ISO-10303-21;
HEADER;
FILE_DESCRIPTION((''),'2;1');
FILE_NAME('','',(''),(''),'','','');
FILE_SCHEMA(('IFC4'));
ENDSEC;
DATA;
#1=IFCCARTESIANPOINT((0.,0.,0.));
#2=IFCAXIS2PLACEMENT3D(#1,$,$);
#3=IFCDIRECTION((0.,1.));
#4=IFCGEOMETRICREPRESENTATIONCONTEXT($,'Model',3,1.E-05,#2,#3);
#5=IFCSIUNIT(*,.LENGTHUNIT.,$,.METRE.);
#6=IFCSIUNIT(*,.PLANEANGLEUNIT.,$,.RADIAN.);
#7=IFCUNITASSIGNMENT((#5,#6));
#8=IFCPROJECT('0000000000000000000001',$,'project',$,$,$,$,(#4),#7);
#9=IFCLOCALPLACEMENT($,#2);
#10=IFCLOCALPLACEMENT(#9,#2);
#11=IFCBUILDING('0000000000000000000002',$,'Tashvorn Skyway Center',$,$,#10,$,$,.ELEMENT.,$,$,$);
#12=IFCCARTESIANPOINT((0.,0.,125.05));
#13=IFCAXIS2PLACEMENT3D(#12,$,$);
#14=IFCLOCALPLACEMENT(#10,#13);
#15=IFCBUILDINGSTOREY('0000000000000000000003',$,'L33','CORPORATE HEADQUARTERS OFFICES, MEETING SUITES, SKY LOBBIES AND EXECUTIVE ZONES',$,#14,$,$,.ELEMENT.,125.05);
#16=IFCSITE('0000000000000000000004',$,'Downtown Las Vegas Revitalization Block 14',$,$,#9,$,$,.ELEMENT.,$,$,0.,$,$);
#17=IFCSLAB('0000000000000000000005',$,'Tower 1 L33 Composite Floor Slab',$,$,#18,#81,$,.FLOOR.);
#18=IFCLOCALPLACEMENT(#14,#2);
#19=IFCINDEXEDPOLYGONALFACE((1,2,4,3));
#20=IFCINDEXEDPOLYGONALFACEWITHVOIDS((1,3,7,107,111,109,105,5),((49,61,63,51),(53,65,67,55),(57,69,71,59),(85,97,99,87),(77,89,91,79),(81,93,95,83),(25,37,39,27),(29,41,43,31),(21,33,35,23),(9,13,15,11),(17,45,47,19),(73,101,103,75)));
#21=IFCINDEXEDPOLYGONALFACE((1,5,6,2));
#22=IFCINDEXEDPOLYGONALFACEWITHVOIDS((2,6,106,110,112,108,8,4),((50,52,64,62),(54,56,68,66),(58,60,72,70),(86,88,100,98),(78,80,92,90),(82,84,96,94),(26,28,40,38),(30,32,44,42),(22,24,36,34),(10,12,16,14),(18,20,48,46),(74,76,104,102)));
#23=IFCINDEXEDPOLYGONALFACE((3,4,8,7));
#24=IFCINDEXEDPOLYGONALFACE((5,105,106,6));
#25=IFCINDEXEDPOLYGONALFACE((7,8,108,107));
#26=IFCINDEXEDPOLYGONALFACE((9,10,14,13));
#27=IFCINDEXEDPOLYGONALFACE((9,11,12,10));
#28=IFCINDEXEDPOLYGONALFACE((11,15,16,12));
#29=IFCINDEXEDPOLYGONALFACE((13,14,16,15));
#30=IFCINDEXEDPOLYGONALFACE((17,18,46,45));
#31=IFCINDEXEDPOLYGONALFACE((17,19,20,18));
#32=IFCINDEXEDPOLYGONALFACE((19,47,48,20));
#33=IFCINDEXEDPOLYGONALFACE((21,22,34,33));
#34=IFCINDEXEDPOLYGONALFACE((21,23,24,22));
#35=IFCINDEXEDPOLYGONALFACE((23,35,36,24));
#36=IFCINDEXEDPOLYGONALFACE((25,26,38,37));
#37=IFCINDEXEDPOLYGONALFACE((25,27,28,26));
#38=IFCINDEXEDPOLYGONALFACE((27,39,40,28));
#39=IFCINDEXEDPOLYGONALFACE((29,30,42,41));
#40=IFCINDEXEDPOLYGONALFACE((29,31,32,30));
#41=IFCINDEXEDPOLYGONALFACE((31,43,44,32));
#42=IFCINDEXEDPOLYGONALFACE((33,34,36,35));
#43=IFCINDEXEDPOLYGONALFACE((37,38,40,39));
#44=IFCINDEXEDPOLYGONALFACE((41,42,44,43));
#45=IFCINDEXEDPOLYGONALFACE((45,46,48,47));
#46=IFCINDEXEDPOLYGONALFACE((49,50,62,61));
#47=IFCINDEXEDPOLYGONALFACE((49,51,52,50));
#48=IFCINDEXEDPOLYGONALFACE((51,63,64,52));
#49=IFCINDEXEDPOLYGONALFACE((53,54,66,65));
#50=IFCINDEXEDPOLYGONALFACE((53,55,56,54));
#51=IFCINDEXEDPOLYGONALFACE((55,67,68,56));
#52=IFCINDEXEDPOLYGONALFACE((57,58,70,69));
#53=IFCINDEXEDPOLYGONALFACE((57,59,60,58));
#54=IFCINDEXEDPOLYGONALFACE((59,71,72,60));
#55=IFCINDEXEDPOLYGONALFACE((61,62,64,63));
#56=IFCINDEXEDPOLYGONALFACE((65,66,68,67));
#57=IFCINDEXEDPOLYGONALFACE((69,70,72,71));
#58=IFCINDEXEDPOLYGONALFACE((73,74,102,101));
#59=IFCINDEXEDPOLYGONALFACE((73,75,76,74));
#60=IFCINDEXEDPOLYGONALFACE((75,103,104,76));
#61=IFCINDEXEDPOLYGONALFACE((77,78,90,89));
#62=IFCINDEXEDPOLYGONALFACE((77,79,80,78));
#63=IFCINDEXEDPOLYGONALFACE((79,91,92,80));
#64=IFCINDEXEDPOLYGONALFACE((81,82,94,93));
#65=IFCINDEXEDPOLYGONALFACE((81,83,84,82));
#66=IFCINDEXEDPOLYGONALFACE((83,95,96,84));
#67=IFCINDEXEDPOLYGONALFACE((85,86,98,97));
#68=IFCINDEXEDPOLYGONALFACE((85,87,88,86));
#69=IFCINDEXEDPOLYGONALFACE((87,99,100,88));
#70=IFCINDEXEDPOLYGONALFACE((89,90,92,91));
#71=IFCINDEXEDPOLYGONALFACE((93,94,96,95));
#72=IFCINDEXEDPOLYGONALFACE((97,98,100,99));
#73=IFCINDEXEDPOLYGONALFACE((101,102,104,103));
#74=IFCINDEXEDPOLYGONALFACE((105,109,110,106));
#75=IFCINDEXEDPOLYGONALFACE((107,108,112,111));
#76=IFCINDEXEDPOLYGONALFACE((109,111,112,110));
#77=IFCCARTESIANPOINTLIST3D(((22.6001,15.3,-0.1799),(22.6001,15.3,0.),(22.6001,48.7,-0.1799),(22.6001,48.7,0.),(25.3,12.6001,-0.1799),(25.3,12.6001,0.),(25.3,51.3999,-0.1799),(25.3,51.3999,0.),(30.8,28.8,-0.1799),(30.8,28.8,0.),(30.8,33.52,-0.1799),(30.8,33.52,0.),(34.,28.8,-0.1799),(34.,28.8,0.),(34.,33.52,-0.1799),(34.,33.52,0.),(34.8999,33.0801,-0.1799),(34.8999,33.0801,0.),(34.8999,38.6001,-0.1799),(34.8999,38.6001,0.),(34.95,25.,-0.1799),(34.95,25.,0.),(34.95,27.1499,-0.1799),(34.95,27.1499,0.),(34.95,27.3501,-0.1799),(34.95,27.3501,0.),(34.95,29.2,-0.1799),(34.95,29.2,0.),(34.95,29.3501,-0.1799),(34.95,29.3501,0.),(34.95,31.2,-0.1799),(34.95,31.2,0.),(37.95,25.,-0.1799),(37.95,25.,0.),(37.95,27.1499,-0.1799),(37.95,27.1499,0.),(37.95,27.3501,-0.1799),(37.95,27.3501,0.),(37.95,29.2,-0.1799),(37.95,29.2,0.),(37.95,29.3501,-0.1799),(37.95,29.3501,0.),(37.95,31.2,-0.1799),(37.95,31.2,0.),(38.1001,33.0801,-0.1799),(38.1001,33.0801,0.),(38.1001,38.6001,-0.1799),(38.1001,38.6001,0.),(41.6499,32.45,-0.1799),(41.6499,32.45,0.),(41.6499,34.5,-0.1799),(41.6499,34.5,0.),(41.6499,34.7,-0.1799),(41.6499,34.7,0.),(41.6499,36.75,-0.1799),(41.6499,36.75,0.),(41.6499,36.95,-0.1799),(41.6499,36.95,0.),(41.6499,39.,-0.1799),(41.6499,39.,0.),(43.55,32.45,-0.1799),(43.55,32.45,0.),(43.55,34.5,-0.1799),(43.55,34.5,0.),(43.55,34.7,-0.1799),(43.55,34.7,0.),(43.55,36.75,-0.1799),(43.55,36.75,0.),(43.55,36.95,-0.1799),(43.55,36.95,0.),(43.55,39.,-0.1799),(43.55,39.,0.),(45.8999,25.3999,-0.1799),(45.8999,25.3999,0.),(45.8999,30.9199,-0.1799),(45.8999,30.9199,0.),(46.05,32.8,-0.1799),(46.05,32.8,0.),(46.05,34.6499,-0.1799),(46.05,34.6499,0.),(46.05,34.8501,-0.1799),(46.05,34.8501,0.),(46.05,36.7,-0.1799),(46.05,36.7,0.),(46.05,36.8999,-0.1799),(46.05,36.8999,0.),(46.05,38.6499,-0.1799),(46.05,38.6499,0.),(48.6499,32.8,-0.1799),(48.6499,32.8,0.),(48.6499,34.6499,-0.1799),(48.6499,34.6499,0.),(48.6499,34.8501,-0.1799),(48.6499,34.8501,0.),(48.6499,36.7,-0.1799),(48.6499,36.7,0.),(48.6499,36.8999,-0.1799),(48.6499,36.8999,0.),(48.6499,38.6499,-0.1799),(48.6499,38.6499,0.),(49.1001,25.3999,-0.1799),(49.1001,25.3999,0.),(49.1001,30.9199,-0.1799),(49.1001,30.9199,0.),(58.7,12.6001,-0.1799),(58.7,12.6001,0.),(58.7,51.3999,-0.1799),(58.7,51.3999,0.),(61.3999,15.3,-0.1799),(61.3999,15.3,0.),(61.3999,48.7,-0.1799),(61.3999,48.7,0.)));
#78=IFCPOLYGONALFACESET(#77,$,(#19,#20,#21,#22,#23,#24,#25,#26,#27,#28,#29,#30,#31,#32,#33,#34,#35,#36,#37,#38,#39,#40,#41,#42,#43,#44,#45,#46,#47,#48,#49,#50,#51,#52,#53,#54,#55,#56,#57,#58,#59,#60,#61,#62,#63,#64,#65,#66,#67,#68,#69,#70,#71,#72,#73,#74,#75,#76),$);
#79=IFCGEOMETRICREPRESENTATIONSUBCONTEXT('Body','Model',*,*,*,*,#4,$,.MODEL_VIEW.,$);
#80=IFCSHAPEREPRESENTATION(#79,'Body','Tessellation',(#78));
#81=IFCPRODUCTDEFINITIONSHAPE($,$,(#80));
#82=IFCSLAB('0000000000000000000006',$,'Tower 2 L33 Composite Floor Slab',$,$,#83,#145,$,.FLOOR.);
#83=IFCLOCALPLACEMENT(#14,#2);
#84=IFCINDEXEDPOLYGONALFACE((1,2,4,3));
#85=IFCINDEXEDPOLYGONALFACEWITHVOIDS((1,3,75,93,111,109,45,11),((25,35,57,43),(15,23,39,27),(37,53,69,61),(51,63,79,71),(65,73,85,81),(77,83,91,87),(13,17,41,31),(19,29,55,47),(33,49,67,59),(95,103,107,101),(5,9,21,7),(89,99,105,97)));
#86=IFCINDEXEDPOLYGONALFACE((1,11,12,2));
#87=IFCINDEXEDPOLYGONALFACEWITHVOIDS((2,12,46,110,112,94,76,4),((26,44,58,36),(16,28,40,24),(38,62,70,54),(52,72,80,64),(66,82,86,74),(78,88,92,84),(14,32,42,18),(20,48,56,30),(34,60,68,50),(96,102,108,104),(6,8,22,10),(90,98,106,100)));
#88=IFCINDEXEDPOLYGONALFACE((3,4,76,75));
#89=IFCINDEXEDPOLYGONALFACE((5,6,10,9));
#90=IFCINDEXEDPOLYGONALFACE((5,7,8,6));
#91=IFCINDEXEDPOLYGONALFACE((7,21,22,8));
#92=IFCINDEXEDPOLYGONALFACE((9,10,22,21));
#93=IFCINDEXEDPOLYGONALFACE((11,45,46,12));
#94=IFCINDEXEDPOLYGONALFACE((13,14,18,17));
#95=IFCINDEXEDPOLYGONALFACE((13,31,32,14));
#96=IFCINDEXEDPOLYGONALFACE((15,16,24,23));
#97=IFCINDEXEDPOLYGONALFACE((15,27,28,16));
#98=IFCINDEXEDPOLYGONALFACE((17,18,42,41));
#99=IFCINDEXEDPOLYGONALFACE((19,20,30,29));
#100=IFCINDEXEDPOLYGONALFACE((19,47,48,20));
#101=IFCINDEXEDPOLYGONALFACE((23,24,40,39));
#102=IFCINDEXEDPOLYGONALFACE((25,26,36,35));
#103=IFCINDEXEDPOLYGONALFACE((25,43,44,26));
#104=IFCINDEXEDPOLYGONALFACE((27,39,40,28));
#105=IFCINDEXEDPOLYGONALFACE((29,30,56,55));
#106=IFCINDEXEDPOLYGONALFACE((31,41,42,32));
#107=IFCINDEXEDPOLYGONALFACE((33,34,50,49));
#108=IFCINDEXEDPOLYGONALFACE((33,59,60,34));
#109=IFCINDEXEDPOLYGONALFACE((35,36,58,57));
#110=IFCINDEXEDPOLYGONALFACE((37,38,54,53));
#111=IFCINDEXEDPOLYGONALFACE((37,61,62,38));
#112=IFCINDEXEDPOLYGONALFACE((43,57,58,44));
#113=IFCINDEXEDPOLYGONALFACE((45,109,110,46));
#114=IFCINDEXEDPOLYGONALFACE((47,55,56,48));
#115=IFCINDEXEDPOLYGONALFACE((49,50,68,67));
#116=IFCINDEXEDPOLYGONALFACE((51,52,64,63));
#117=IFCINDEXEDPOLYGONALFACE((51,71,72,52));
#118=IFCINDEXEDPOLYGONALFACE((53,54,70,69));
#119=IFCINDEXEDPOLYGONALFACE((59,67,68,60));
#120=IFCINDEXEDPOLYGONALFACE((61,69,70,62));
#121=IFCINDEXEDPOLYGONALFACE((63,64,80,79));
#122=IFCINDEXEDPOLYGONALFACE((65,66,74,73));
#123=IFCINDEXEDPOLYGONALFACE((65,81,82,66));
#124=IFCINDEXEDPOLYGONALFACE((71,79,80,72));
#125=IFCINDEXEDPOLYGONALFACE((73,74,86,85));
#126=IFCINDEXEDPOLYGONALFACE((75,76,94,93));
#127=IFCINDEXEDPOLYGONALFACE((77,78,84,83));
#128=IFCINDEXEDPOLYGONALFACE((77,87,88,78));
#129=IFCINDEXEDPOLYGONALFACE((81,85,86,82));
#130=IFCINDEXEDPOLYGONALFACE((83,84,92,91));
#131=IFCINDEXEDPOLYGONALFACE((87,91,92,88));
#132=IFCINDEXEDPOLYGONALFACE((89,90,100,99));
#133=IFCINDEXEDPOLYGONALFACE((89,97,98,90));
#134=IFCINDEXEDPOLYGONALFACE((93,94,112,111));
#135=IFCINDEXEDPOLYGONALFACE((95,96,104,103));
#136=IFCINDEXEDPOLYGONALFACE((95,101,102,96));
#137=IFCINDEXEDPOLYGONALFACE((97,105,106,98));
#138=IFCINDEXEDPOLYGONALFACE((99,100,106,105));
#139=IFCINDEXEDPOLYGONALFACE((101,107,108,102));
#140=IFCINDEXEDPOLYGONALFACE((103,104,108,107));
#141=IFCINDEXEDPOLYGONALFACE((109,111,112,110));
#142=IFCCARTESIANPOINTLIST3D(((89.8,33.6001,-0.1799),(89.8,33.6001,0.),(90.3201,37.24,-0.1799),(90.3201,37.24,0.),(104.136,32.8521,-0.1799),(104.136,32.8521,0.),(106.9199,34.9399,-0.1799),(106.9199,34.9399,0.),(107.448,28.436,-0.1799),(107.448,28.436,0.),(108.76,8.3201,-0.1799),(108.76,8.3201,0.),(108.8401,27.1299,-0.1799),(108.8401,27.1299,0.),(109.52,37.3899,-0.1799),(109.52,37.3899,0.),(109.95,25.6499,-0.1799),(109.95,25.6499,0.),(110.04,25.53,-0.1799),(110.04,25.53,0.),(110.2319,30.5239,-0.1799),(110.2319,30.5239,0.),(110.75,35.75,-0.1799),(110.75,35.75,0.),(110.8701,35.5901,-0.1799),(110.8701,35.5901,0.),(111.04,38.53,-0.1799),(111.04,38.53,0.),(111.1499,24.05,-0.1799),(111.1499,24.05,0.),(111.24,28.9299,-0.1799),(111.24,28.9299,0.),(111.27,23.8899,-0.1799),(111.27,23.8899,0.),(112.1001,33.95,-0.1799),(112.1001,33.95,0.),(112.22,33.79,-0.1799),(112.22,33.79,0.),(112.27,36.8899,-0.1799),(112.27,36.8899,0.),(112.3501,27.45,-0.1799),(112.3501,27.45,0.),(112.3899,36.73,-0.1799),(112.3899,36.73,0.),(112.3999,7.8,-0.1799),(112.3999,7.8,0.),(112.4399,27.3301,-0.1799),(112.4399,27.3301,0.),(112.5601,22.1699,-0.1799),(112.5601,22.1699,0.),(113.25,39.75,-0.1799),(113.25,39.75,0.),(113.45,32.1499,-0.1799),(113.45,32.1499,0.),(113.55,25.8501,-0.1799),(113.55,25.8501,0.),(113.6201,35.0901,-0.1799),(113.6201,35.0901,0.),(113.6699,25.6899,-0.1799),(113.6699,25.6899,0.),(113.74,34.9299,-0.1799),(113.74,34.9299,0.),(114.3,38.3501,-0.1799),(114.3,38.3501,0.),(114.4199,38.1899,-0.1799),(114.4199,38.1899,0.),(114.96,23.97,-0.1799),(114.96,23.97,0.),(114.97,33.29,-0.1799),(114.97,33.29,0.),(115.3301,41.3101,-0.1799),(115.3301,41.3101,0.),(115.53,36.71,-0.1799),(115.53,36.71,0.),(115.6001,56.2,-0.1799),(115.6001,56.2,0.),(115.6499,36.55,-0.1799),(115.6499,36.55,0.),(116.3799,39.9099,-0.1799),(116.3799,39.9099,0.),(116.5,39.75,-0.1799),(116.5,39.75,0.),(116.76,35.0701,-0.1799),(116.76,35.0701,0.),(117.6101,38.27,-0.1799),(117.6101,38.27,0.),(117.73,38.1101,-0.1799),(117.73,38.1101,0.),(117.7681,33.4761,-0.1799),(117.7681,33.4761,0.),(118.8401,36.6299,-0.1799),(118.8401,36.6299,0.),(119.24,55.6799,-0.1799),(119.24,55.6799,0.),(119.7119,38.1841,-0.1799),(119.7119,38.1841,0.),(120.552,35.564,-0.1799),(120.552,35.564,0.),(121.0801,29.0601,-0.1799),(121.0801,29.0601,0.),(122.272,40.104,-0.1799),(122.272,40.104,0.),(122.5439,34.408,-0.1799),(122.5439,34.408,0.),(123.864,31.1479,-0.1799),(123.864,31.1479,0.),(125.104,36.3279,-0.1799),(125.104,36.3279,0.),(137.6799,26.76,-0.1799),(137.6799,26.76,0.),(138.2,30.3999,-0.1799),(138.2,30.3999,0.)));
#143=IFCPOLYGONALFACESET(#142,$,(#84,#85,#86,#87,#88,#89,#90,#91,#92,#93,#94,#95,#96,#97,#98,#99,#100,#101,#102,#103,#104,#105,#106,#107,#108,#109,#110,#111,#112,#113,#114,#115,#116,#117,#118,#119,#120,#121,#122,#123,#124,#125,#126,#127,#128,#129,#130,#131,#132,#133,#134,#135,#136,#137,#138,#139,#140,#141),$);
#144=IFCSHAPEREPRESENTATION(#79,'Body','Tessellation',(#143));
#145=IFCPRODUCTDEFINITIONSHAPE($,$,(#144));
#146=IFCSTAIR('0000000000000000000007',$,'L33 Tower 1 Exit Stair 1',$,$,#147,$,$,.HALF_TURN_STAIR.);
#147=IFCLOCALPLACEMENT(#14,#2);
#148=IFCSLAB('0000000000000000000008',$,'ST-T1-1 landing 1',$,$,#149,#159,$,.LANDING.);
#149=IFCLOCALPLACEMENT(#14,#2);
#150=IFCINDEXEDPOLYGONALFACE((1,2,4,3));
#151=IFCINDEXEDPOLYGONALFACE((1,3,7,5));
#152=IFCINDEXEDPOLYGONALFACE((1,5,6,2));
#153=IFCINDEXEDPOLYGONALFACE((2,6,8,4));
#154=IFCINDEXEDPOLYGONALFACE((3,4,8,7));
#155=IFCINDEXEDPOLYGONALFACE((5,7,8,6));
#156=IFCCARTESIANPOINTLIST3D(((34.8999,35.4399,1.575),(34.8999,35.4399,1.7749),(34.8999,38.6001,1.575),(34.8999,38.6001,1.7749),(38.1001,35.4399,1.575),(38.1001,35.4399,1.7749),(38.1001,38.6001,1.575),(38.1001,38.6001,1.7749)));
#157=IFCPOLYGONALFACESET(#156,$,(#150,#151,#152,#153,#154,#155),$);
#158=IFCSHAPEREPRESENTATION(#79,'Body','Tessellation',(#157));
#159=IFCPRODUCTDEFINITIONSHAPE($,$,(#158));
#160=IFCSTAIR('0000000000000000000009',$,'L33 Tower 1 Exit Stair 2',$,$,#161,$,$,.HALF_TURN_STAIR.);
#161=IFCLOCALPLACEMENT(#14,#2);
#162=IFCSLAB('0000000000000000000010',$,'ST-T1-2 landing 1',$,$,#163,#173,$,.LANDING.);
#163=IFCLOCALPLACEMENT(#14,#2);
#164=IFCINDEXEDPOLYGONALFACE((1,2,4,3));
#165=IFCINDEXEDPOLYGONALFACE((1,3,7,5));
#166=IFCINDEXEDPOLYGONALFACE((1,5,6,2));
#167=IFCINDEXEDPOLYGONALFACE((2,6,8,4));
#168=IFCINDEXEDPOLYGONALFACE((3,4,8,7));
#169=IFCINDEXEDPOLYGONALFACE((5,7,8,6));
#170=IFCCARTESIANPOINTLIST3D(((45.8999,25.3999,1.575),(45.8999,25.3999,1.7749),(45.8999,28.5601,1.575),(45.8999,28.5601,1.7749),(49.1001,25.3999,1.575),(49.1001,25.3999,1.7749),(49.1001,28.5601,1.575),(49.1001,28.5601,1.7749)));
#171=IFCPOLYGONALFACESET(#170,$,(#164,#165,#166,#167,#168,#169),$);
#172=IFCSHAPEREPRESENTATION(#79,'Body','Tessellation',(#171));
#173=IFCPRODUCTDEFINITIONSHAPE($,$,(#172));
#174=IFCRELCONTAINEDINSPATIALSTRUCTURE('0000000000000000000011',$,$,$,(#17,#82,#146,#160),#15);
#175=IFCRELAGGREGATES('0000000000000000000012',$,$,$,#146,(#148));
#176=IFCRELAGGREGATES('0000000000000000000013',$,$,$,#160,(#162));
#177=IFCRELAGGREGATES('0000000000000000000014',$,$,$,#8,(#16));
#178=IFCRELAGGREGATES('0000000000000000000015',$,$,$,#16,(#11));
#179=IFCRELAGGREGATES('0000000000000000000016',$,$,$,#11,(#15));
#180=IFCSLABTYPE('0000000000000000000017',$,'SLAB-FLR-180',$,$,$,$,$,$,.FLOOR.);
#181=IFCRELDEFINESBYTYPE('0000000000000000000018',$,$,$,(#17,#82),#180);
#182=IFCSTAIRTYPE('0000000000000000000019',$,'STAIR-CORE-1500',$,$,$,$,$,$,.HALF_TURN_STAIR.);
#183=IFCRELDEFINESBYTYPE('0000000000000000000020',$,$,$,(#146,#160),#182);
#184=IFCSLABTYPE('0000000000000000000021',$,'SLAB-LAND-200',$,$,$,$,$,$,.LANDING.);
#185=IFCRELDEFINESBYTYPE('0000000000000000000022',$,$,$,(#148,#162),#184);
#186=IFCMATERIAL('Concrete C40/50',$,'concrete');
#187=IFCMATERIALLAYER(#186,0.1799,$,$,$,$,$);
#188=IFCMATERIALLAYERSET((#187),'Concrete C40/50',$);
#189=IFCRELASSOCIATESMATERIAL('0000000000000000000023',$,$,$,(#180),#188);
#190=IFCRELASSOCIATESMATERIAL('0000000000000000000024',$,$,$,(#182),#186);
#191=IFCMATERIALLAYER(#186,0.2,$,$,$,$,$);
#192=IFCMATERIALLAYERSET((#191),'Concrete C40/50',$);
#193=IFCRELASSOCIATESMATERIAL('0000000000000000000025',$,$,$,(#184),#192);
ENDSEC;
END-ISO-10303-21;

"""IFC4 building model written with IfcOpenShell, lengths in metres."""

from ifc_helpers import new_model, si_unit, direction, frame, origin, place, context, subcontext, project, spatial, polyline, outline, extrude, material, layer, layer_set, type_object, element, aggregate, save


model = new_model("IFC4")

# Units and contexts
model_context = context("Model", 3, precision=1e-05, world=origin(), true_north=direction((0.0, 1.0)))
body_context = subcontext(model_context, "Body", "Model", "MODEL_VIEW")
ifc_project = project(units=[si_unit("LENGTHUNIT", "METRE"), si_unit("PLANEANGLEUNIT", "RADIAN")], contexts=[model_context])

# Site, building, storey
site_placement = place(None, origin())
site = spatial("IfcSite", under=ifc_project, at=site_placement, Name="Downtown Las Vegas Revitalization Block 14", CompositionType="ELEMENT", RefElevation=0.0)
building_placement = place(site_placement, origin())
building = spatial("IfcBuilding", under=site, at=building_placement, Name="Tashvorn Skyway Center", CompositionType="ELEMENT")
storey_placement = place(building_placement, frame((0.0, 0.0, 125.05)))
storey = spatial("IfcBuildingStorey", under=building, at=storey_placement, Name="L33", Description="CORPORATE HEADQUARTERS OFFICES, MEETING SUITES, SKY LOBBIES AND EXECUTIVE ZONES", CompositionType="ELEMENT", Elevation=125.05)

# Slabs
ifc_material_1 = material(Name="Concrete C40/50", Category="concrete")
ifc_layer_1 = layer(ifc_material_1, 0.1799)
ifc_layer_set_1 = layer_set([ifc_layer_1], Name="Concrete C40/50")
slab_type_1 = type_object("IfcSlabType", Name="SLAB-FLR-180", PredefinedType="FLOOR", material=ifc_layer_set_1)
slab_1_placement = place(storey_placement, frame((0.0, 0.0, -0.1799)))
element("IfcSlab", 1, at=slab_1_placement, inside=storey, type_object=slab_type_1, Name="Tower 1 L33 Composite Floor Slab", PredefinedType="FLOOR", context=body_context, shape_type="SweptSolid", body=[
    extrude(outline(polyline([(25.3, 12.6001), (58.7, 12.6001), (61.3999, 15.3), (61.3999, 48.7), (58.7, 51.3999), (25.3, 51.3999), (22.6001, 48.7), (22.6001, 15.3), (25.3, 12.6001)]), holes=[polyline([(38.1001, 33.0801), (38.1001, 38.6001), (34.8999, 38.6001), (34.8999, 33.0801), (38.1001, 33.0801)]), polyline([(45.8999, 30.9199), (45.8999, 25.3999), (49.1001, 25.3999), (49.1001, 30.9199), (45.8999, 30.9199)]), polyline([(30.8, 33.52), (30.8, 28.8), (34.0, 28.8), (34.0, 33.52), (30.8, 33.52)]), polyline([(34.95, 29.3501), (37.95, 29.3501), (37.95, 31.2), (34.95, 31.2), (34.95, 29.3501)]), polyline([(34.95, 27.3501), (37.95, 27.3501), (37.95, 29.2), (34.95, 29.2), (34.95, 27.3501)]), polyline([(34.95, 25.0), (37.95, 25.0), (37.95, 27.1499), (34.95, 27.1499), (34.95, 25.0)]), polyline([(41.6499, 32.45), (43.55, 32.45), (43.55, 34.5), (41.6499, 34.5), (41.6499, 32.45)]), polyline([(41.6499, 34.7), (43.55, 34.7), (43.55, 36.75), (41.6499, 36.75), (41.6499, 34.7)]), polyline([(41.6499, 36.95), (43.55, 36.95), (43.55, 39.0), (41.6499, 39.0), (41.6499, 36.95)]), polyline([(46.05, 32.8), (48.6499, 32.8), (48.6499, 34.6499), (46.05, 34.6499), (46.05, 32.8)]), polyline([(46.05, 34.8501), (48.6499, 34.8501), (48.6499, 36.7), (46.05, 36.7), (46.05, 34.8501)]), polyline([(46.05, 36.8999), (48.6499, 36.8999), (48.6499, 38.6499), (46.05, 38.6499), (46.05, 36.8999)])]), origin(), (0.0, 0.0, 1.0), 0.1799),
])
slab_2_placement = place(storey_placement, frame((0.0, 0.0, -0.1799)))
element("IfcSlab", 2, at=slab_2_placement, inside=storey, type_object=slab_type_1, Name="Tower 2 L33 Composite Floor Slab", PredefinedType="FLOOR", context=body_context, shape_type="SweptSolid", body=[
    extrude(outline(polyline([(112.3999, 7.8), (137.6799, 26.76), (138.2, 30.3999), (119.24, 55.6799), (115.6001, 56.2), (90.3201, 37.24), (89.8, 33.6001), (108.76, 8.3201), (112.3999, 7.8)]), holes=[polyline([(110.2319, 30.5239), (106.9199, 34.9399), (104.136, 32.8521), (107.448, 28.436), (110.2319, 30.5239)]), polyline([(117.7681, 33.4761), (121.0801, 29.0601), (123.864, 31.1479), (120.552, 35.564), (117.7681, 33.4761)]), polyline([(119.7119, 38.1841), (122.5439, 34.408), (125.104, 36.3279), (122.272, 40.104), (119.7119, 38.1841)]), polyline([(109.95, 25.6499), (112.3501, 27.45), (111.24, 28.9299), (108.8401, 27.1299), (109.95, 25.6499)]), polyline([(111.1499, 24.05), (113.55, 25.8501), (112.4399, 27.3301), (110.04, 25.53), (111.1499, 24.05)]), polyline([(112.5601, 22.1699), (114.96, 23.97), (113.6699, 25.6899), (111.27, 23.8899), (112.5601, 22.1699)]), polyline([(113.45, 32.1499), (114.97, 33.29), (113.74, 34.9299), (112.22, 33.79), (113.45, 32.1499)]), polyline([(112.1001, 33.95), (113.6201, 35.0901), (112.3899, 36.73), (110.8701, 35.5901), (112.1001, 33.95)]), polyline([(110.75, 35.75), (112.27, 36.8899), (111.04, 38.53), (109.52, 37.3899), (110.75, 35.75)]), polyline([(116.76, 35.0701), (118.8401, 36.6299), (117.73, 38.1101), (115.6499, 36.55), (116.76, 35.0701)]), polyline([(115.53, 36.71), (117.6101, 38.27), (116.5, 39.75), (114.4199, 38.1899), (115.53, 36.71)]), polyline([(114.3, 38.3501), (116.3799, 39.9099), (115.3301, 41.3101), (113.25, 39.75), (114.3, 38.3501)])]), origin(), (0.0, 0.0, 1.0), 0.1799),
])

# Stairs, slabs
stair_type = type_object("IfcStairType", Name="STAIR-CORE-1500", PredefinedType="HALF_TURN_STAIR", material=ifc_material_1)
stair_1_placement = place(storey_placement, origin())
stair_1 = element("IfcStair", 3, at=stair_1_placement, inside=storey, type_object=stair_type, Name="L33 Tower 1 Exit Stair 1", PredefinedType="HALF_TURN_STAIR")
ifc_layer_2 = layer(ifc_material_1, 0.2)
ifc_layer_set_2 = layer_set([ifc_layer_2], Name="Concrete C40/50")
slab_type_2 = type_object("IfcSlabType", Name="SLAB-LAND-200", PredefinedType="LANDING", material=ifc_layer_set_2)
slab_3_placement = place(storey_placement, frame((0.0, 0.0, 1.575)))
slab_3 = element("IfcSlab", 4, at=slab_3_placement, type_object=slab_type_2, Name="ST-T1-1 landing 1", PredefinedType="LANDING", context=body_context, shape_type="SweptSolid", body=[
    extrude(outline(polyline([(38.1001, 35.4399), (38.1001, 38.6001), (34.8999, 38.6001), (34.8999, 35.4399), (38.1001, 35.4399)])), origin(), (0.0, 0.0, 1.0), 0.2),
])
aggregate(stair_1, [slab_3])
stair_2_placement = place(storey_placement, origin())
stair_2 = element("IfcStair", 5, at=stair_2_placement, inside=storey, type_object=stair_type, Name="L33 Tower 1 Exit Stair 2", PredefinedType="HALF_TURN_STAIR")
slab_4_placement = place(storey_placement, frame((0.0, 0.0, 1.575)))
slab_4 = element("IfcSlab", 6, at=slab_4_placement, type_object=slab_type_2, Name="ST-T1-2 landing 1", PredefinedType="LANDING", context=body_context, shape_type="SweptSolid", body=[
    extrude(outline(polyline([(45.8999, 28.5601), (45.8999, 25.3999), (49.1001, 25.3999), (49.1001, 28.5601), (45.8999, 28.5601)])), origin(), (0.0, 0.0, 1.0), 0.2),
])
aggregate(stair_2, [slab_4])

save(model, "model.ifc")
